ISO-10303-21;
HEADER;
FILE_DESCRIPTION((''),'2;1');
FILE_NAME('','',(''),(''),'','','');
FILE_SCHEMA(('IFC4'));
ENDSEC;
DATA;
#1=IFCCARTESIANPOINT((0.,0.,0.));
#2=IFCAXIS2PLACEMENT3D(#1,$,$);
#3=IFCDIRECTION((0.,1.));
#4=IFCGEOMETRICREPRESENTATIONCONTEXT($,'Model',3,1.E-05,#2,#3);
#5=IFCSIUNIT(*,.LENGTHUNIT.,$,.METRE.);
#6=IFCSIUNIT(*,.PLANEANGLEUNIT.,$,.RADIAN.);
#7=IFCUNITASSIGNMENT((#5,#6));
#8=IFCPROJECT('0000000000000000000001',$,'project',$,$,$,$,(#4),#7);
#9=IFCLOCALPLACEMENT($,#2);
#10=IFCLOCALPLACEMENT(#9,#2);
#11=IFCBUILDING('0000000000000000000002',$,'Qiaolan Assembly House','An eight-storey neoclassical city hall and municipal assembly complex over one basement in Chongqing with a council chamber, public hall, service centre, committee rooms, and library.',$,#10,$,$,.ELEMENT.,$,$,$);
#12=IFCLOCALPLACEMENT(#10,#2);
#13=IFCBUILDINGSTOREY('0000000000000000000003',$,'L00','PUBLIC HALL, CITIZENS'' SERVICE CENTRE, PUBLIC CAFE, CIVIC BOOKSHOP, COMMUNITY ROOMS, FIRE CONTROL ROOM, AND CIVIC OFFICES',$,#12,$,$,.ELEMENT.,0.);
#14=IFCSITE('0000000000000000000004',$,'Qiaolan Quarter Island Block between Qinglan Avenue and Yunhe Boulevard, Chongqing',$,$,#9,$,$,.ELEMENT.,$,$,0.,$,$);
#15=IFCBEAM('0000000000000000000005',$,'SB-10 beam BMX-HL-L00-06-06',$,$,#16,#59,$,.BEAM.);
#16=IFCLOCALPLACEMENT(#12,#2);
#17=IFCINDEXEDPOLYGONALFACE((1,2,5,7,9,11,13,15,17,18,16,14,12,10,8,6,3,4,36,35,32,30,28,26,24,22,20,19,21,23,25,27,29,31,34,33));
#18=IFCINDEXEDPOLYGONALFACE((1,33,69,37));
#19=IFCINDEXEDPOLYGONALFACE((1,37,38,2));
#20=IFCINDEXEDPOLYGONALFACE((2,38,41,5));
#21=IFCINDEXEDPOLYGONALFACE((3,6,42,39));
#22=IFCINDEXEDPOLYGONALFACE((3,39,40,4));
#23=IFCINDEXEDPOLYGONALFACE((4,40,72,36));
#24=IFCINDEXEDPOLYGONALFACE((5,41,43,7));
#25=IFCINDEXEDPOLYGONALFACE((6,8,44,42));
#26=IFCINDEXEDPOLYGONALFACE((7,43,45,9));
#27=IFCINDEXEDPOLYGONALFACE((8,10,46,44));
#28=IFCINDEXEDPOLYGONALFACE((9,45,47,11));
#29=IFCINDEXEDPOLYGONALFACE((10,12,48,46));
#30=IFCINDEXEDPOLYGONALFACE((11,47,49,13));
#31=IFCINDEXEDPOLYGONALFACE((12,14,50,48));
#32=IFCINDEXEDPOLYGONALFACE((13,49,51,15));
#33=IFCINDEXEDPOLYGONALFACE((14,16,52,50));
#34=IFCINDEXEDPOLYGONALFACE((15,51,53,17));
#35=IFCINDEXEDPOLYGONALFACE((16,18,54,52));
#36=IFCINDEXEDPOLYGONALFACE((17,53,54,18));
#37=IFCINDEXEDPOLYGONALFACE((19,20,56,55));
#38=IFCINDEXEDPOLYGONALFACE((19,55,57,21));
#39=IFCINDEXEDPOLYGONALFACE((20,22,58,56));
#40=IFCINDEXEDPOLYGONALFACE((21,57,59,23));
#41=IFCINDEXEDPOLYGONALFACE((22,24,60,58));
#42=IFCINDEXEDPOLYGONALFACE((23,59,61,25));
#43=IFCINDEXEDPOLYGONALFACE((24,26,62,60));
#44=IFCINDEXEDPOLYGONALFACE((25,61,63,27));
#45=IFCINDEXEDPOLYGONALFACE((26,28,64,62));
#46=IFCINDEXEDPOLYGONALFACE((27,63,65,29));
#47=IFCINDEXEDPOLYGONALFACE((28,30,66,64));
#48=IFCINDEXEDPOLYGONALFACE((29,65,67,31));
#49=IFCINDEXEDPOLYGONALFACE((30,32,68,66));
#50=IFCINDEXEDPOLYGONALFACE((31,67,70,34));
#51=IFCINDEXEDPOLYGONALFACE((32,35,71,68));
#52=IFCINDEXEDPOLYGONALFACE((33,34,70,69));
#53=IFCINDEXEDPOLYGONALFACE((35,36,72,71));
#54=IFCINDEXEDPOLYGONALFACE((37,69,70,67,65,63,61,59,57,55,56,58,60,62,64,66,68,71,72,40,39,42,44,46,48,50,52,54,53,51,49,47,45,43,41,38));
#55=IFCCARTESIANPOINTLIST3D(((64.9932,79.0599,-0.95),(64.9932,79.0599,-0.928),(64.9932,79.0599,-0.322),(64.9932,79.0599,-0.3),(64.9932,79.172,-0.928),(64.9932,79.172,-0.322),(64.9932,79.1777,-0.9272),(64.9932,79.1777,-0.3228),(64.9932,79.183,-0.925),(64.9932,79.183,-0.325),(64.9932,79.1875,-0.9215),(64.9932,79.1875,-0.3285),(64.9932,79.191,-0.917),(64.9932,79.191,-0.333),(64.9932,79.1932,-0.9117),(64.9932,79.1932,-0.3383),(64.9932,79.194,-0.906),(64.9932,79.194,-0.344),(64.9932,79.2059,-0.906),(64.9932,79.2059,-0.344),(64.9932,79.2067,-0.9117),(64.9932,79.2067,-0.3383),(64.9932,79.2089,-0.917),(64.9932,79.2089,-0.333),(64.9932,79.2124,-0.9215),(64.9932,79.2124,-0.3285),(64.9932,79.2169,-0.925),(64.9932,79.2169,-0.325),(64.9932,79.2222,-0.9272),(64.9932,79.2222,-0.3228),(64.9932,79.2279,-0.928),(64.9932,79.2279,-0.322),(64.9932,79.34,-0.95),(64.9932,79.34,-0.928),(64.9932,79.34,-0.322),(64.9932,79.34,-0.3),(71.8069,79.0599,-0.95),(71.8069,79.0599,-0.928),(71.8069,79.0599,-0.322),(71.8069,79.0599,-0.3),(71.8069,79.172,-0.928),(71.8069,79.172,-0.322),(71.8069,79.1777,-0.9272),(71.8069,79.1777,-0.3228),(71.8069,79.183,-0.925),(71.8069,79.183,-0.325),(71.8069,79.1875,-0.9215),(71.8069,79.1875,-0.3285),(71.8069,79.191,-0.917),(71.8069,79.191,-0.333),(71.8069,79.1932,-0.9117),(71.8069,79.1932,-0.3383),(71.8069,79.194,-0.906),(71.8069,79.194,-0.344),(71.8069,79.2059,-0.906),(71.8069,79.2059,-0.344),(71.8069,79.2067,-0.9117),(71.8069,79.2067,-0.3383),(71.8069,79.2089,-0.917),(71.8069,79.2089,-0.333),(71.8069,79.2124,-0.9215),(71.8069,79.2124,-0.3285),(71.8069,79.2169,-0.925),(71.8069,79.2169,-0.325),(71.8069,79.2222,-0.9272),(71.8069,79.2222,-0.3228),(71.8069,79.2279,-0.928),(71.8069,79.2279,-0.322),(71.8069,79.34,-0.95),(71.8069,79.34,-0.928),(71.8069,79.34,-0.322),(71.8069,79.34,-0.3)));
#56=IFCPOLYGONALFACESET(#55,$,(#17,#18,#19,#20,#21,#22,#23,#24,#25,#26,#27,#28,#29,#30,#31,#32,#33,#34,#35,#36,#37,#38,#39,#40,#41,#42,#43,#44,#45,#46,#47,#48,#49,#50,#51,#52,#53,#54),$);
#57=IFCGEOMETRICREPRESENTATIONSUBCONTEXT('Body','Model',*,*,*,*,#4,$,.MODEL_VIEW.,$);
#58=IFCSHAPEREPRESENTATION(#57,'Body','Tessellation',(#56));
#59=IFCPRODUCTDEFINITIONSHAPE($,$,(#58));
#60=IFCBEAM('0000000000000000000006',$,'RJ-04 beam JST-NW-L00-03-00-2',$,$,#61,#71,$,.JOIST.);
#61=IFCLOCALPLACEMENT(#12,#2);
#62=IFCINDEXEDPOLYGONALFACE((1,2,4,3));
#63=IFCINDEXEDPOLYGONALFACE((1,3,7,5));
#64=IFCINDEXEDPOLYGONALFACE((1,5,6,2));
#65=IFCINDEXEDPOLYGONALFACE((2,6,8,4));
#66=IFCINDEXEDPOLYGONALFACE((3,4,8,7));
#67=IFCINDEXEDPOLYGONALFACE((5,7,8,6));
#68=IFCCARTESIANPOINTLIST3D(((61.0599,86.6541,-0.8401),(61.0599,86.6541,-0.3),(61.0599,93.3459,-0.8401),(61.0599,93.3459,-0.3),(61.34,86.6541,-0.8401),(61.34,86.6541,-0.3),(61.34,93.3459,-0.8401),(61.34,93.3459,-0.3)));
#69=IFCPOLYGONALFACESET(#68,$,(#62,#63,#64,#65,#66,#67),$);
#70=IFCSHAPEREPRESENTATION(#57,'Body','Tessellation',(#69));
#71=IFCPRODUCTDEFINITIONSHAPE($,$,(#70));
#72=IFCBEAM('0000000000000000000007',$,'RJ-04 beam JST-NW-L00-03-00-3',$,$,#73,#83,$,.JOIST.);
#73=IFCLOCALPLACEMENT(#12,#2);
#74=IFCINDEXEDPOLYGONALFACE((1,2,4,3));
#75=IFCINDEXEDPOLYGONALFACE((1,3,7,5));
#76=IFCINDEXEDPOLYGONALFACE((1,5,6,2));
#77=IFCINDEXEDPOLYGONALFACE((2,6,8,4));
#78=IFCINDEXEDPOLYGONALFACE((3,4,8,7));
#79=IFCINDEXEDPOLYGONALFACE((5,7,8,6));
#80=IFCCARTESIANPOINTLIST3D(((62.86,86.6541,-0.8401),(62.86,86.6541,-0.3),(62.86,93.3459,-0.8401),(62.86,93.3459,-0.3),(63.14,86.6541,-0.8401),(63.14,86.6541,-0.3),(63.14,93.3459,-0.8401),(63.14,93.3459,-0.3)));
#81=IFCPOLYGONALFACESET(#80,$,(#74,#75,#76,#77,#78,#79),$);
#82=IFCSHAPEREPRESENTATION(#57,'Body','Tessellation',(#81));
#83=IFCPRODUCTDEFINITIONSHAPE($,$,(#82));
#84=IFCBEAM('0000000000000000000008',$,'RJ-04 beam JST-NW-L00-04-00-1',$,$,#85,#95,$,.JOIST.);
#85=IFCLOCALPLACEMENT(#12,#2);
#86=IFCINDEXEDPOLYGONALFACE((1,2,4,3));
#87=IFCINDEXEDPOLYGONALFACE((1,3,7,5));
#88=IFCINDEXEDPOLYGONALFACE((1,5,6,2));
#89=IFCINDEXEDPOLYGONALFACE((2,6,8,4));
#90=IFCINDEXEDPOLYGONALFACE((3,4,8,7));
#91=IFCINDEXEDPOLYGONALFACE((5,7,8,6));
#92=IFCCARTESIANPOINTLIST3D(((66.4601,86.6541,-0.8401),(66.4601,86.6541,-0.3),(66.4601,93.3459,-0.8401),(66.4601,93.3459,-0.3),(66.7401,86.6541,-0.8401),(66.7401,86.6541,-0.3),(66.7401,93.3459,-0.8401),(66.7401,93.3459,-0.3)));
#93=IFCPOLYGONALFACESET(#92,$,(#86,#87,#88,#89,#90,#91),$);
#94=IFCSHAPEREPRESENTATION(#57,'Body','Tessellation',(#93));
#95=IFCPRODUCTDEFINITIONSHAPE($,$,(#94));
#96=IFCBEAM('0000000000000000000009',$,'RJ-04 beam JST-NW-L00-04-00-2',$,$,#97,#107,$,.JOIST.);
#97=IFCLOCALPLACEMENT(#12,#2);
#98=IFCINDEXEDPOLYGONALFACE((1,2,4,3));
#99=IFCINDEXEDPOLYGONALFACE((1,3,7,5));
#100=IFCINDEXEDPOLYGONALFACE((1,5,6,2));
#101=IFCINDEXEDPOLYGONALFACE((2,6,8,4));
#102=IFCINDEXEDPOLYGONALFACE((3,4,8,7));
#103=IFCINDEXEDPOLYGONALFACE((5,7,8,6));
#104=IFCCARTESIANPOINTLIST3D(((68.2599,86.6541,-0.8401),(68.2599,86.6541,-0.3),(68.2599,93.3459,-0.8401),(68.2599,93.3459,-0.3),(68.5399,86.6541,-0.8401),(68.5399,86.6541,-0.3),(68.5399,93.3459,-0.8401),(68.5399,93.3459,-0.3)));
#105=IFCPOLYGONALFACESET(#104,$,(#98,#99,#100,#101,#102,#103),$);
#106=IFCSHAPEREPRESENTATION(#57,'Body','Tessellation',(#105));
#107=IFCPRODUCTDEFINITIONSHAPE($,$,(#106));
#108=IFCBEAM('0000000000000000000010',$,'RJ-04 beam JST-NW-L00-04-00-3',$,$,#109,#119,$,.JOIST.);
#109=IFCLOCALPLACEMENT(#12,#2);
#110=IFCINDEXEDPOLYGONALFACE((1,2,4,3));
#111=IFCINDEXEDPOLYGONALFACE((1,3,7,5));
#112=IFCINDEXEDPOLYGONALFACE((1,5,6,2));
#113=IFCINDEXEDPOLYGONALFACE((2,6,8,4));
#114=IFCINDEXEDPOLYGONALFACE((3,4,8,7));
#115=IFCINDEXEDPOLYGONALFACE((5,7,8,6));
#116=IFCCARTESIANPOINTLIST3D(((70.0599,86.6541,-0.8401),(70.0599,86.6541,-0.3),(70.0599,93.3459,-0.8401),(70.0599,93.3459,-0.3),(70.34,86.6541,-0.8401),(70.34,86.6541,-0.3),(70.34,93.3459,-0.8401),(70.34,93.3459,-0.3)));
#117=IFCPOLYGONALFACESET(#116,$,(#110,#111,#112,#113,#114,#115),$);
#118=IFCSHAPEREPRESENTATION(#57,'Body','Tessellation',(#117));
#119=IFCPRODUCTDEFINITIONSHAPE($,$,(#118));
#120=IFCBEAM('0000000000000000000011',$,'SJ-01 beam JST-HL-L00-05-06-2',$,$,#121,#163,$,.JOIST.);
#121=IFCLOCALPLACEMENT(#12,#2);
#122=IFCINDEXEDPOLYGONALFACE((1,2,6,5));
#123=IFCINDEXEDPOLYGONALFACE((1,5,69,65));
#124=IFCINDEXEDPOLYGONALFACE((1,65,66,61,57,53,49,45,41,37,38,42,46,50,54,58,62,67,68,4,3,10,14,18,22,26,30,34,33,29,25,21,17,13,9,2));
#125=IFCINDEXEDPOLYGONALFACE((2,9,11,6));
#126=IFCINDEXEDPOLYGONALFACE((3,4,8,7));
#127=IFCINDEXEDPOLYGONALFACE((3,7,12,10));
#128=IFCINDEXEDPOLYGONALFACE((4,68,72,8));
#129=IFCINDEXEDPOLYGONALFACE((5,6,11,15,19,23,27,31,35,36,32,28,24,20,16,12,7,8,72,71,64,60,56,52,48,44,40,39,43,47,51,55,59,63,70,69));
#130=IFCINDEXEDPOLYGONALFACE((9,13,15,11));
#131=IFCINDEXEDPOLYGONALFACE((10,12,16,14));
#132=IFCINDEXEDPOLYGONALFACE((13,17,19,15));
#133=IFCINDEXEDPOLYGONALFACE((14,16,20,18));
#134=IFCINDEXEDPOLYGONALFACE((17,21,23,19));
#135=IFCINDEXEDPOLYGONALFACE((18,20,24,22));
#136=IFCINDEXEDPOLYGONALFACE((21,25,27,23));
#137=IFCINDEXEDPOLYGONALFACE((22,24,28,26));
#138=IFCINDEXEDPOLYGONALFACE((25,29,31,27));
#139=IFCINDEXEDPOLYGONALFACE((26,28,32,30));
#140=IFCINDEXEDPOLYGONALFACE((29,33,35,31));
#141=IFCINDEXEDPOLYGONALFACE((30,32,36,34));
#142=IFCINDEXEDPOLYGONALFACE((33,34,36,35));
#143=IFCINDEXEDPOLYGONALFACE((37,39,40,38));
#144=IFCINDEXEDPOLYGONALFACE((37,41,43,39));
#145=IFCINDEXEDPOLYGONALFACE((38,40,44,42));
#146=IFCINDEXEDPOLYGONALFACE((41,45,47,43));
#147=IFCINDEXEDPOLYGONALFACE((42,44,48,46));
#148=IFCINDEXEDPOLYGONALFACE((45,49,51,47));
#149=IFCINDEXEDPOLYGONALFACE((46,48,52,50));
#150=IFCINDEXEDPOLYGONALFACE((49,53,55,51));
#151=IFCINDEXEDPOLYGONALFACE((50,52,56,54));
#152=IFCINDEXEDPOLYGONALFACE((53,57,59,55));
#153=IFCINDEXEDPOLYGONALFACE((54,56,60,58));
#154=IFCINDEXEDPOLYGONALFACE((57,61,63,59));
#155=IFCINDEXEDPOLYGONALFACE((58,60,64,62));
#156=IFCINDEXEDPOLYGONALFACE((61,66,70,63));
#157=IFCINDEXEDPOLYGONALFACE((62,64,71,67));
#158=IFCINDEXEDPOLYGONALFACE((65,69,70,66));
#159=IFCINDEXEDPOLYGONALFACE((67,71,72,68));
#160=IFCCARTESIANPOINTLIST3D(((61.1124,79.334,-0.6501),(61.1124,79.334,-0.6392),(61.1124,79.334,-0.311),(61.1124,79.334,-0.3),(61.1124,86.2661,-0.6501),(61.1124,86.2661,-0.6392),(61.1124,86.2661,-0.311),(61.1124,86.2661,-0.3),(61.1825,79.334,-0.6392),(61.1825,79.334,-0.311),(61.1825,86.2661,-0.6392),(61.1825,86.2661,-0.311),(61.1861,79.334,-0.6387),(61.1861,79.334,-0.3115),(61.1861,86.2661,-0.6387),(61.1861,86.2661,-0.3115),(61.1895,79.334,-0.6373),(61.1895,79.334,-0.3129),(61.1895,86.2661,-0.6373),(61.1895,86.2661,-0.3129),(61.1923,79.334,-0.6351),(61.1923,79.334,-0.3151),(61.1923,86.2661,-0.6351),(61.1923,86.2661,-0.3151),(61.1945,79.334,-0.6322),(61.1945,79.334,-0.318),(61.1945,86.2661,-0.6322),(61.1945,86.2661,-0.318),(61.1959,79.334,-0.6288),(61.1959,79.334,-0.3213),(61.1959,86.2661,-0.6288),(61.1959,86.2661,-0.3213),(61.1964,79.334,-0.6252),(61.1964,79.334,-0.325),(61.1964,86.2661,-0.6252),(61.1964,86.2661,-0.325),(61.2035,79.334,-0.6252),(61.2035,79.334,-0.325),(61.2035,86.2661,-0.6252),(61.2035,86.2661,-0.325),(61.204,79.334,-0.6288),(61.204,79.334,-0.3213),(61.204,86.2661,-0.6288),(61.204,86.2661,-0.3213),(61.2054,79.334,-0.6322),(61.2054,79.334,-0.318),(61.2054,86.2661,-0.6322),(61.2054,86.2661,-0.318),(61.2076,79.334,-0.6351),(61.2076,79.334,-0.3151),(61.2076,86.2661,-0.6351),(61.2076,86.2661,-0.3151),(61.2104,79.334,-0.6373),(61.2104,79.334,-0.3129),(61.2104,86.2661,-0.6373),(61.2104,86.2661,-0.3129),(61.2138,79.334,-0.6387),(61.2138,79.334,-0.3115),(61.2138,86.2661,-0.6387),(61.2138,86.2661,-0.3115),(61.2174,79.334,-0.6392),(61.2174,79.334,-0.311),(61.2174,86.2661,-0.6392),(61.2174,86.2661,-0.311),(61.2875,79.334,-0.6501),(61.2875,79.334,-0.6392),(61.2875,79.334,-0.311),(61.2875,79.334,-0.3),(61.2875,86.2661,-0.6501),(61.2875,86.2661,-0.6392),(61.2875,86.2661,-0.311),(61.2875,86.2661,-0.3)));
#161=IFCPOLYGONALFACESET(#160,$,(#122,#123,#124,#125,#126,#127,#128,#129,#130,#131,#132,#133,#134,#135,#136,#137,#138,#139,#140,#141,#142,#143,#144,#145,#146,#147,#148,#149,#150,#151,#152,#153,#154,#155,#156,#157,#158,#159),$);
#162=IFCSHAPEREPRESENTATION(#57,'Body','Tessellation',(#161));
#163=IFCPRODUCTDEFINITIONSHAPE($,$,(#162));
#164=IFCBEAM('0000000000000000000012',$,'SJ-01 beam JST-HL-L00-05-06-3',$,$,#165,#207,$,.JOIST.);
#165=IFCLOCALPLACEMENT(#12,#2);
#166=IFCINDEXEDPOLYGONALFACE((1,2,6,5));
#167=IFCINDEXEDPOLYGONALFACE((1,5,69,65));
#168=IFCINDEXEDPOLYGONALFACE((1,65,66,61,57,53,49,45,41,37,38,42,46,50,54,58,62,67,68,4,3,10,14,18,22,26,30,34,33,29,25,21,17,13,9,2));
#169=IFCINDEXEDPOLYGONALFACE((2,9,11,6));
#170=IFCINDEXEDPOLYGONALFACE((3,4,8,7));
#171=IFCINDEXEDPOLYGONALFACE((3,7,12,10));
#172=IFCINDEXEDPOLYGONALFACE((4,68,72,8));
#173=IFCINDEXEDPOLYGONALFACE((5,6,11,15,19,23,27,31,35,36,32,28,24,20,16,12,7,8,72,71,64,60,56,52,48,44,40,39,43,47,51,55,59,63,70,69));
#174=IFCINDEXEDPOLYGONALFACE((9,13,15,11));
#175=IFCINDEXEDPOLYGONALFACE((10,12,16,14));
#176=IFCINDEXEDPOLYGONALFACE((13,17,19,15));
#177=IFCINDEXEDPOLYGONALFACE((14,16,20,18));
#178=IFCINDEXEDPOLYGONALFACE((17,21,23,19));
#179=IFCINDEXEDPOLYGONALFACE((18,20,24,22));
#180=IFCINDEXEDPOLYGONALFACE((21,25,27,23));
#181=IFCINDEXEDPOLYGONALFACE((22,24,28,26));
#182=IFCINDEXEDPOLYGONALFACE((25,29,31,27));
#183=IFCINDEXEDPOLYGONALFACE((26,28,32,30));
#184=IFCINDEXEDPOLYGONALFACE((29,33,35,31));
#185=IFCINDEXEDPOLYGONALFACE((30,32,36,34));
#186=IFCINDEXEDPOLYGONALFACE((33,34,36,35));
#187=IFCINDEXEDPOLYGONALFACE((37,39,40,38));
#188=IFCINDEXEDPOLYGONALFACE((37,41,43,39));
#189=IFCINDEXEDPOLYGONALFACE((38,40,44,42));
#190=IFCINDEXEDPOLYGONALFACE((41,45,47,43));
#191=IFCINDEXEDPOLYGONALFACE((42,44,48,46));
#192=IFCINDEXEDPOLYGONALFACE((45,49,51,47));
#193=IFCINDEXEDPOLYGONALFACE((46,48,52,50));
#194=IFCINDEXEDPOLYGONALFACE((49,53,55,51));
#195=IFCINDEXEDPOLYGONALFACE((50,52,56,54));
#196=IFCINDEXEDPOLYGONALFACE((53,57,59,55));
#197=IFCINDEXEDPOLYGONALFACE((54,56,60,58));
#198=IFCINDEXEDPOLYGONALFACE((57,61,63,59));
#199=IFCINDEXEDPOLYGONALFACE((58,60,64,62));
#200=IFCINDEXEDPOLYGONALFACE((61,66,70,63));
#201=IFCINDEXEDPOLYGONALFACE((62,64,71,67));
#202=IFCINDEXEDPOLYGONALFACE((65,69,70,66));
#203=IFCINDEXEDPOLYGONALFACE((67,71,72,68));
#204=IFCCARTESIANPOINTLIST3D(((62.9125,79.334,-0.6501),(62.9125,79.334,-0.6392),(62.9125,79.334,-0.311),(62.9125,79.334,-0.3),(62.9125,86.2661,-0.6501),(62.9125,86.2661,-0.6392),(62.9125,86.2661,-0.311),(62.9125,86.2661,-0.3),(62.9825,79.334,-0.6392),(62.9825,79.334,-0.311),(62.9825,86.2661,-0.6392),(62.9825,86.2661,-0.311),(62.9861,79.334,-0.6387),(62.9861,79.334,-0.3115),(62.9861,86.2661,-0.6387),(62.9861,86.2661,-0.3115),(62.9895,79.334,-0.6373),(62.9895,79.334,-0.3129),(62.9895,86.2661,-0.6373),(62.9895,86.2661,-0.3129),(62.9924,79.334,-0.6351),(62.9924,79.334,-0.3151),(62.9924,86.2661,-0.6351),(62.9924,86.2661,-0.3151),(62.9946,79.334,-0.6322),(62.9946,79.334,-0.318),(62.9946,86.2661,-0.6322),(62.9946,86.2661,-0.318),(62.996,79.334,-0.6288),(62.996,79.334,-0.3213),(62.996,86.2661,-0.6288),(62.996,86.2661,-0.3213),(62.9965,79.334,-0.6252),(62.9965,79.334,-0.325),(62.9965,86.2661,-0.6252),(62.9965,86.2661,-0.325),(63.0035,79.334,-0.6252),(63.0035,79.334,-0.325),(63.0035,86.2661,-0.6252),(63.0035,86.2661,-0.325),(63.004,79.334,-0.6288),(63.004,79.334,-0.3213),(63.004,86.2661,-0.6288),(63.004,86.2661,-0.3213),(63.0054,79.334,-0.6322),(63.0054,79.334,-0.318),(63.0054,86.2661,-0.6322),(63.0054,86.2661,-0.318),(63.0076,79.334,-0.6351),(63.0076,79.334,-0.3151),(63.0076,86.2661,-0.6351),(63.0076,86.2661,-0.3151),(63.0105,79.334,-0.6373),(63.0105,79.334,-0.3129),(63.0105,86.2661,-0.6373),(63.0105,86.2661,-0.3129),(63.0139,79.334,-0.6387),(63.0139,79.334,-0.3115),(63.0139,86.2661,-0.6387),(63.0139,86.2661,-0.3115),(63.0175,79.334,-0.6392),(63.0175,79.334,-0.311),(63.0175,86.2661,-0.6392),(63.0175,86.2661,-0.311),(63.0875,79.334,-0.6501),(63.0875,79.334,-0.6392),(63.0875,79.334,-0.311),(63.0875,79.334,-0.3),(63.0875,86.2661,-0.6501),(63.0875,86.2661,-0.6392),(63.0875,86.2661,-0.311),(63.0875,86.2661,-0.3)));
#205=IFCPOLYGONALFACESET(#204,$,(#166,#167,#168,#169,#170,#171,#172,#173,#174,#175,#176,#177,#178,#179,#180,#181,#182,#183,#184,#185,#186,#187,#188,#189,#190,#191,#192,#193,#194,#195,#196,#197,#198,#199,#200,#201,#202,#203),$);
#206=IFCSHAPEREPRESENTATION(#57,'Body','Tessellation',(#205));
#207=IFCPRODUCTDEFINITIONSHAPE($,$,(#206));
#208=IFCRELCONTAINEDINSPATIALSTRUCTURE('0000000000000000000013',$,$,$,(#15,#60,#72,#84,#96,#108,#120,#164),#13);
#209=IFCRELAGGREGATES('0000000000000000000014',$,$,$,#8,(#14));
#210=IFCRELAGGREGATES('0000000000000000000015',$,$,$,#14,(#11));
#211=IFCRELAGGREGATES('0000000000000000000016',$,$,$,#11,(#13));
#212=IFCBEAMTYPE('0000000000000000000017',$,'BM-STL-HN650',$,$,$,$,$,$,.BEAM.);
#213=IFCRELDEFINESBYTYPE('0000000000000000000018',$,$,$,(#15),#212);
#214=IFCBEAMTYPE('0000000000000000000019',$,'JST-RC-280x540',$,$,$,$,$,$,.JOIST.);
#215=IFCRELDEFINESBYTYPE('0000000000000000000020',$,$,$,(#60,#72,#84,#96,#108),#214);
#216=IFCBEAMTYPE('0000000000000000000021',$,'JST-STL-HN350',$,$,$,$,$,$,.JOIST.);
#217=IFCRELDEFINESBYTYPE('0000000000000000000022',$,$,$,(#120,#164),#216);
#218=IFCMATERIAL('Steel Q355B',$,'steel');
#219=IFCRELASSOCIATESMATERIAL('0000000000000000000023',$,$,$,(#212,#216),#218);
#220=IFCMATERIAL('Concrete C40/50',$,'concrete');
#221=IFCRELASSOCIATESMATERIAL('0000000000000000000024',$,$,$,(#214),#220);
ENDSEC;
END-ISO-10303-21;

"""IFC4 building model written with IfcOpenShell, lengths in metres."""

from ifc_helpers import new_model, si_unit, direction, frame, origin, origin_2d, place, context, subcontext, project, spatial, rectangle, i_section, extrude, material, material_profile, profile_set, type_object, element, save


model = new_model("IFC4")

# Units and contexts
model_context = context("Model", 3, precision=1e-05, world=origin(), true_north=direction((0.0, 1.0)))
body_context = subcontext(model_context, "Body", "Model", "MODEL_VIEW")
ifc_project = project(units=[si_unit("LENGTHUNIT", "METRE"), si_unit("PLANEANGLEUNIT", "RADIAN")], contexts=[model_context])

# Site, building, storey
site_placement = place(None, origin())
site = spatial("IfcSite", under=ifc_project, at=site_placement, Name="Qiaolan Quarter Island Block between Qinglan Avenue and Yunhe Boulevard, Chongqing", CompositionType="ELEMENT", RefElevation=0.0)
building_placement = place(site_placement, origin())
building = spatial("IfcBuilding", under=site, at=building_placement, Name="Qiaolan Assembly House", Description="An eight-storey neoclassical city hall and municipal assembly complex over one basement in Chongqing with a council chamber, public hall, service centre, committee rooms, and library.", CompositionType="ELEMENT")
storey_placement = place(building_placement, origin())
storey = spatial("IfcBuildingStorey", under=building, at=storey_placement, Name="L00", Description="PUBLIC HALL, CITIZENS' SERVICE CENTRE, PUBLIC CAFE, CIVIC BOOKSHOP, COMMUNITY ROOMS, FIRE CONTROL ROOM, AND CIVIC OFFICES", CompositionType="ELEMENT", Elevation=0.0)

# Shared definitions
ifc_material_1 = material(Name="Steel Q355B", Category="steel")

# Beams
ifc_material_profile_1 = material_profile(ifc_material_1, i_section(OverallWidth=0.28, OverallDepth=0.6499, WebThickness=0.012, FlangeThickness=0.022, FilletRadius=0.022, at=origin_2d()), Name="HN 650x280x12x22")
ifc_profile_set_1 = profile_set([ifc_material_profile_1], Name="Steel Q355B")
beam_type_1 = type_object("IfcBeamType", Name="BM-STL-HN650", PredefinedType="BEAM", material=ifc_profile_set_1)
beam_1_placement = place(storey_placement, frame((64.9932, 79.2, -0.625), z_axis=(1.0, 0.0, 0.0), x_axis=(0.0, 1.0, 0.0)))
element("IfcBeam", 1, at=beam_1_placement, inside=storey, type_object=beam_type_1, Name="SB-10 beam BMX-HL-L00-06-06", PredefinedType="BEAM", context=body_context, shape_type="SweptSolid", body=[
    extrude(i_section(OverallWidth=0.28, OverallDepth=0.6499, WebThickness=0.012, FlangeThickness=0.022, FilletRadius=0.022, at=origin_2d()), origin(), (0.0, 0.0, 1.0), 6.8137),
])
ifc_material_2 = material(Name="Concrete C40/50", Category="concrete")
ifc_material_profile_2 = material_profile(ifc_material_2, rectangle(XDim=0.28, YDim=0.54, at=origin_2d()), Name="RCB 280x540")
ifc_profile_set_2 = profile_set([ifc_material_profile_2], Name="Concrete C40/50")
beam_type_2 = type_object("IfcBeamType", Name="JST-RC-280x540", PredefinedType="JOIST", material=ifc_profile_set_2)
for number, where, z_axis, x_axis, name in (
    (2, (61.2, 86.6541, -0.5701), (0.0, 1.0, 0.0), (-1.0, 0.0, 0.0), "RJ-04 beam JST-NW-L00-03-00-2"),
    (3, (63.0, 86.6541, -0.5701), (0.0, 1.0, 0.0), (-1.0, 0.0, 0.0), "RJ-04 beam JST-NW-L00-03-00-3"),
    (4, (66.6001, 86.6541, -0.5701), (0.0, 1.0, 0.0), (-1.0, 0.0, 0.0), "RJ-04 beam JST-NW-L00-04-00-1"),
    (5, (68.3999, 86.6541, -0.5701), (0.0, 1.0, 0.0), (-1.0, 0.0, 0.0), "RJ-04 beam JST-NW-L00-04-00-2"),
    (6, (70.2, 86.6541, -0.5701), (0.0, 1.0, 0.0), (-1.0, 0.0, 0.0), "RJ-04 beam JST-NW-L00-04-00-3"),
):
    element("IfcBeam", number, at=place(storey_placement, frame(where, z_axis=z_axis, x_axis=x_axis)), inside=storey, type_object=beam_type_2, Name=name, PredefinedType="JOIST", context=body_context, shape_type="SweptSolid", body=[
        extrude(rectangle(XDim=0.28, YDim=0.54, at=origin_2d()), origin(), (0.0, 0.0, 1.0), 6.6919),
    ])
ifc_material_profile_3 = material_profile(ifc_material_1, i_section(OverallWidth=0.175, OverallDepth=0.3501, WebThickness=0.0071, FlangeThickness=0.011, FilletRadius=0.0139, at=origin_2d()), Name="HN 350x175x7x11")
ifc_profile_set_3 = profile_set([ifc_material_profile_3], Name="Steel Q355B")
beam_type_3 = type_object("IfcBeamType", Name="JST-STL-HN350", PredefinedType="JOIST", material=ifc_profile_set_3)
for number, where, z_axis, x_axis, name in (
    (7, (61.2, 79.334, -0.4751), (0.0, 1.0, 0.0), (-1.0, 0.0, 0.0), "SJ-01 beam JST-HL-L00-05-06-2"),
    (8, (63.0, 79.334, -0.4751), (0.0, 1.0, 0.0), (-1.0, 0.0, 0.0), "SJ-01 beam JST-HL-L00-05-06-3"),
):
    element("IfcBeam", number, at=place(storey_placement, frame(where, z_axis=z_axis, x_axis=x_axis)), inside=storey, type_object=beam_type_3, Name=name, PredefinedType="JOIST", context=body_context, shape_type="SweptSolid", body=[
        extrude(i_section(OverallWidth=0.175, OverallDepth=0.3501, WebThickness=0.0071, FlangeThickness=0.011, FilletRadius=0.0139, at=origin_2d()), origin(), (0.0, 0.0, 1.0), 6.9321),
    ])

save(model, "model.ifc")
